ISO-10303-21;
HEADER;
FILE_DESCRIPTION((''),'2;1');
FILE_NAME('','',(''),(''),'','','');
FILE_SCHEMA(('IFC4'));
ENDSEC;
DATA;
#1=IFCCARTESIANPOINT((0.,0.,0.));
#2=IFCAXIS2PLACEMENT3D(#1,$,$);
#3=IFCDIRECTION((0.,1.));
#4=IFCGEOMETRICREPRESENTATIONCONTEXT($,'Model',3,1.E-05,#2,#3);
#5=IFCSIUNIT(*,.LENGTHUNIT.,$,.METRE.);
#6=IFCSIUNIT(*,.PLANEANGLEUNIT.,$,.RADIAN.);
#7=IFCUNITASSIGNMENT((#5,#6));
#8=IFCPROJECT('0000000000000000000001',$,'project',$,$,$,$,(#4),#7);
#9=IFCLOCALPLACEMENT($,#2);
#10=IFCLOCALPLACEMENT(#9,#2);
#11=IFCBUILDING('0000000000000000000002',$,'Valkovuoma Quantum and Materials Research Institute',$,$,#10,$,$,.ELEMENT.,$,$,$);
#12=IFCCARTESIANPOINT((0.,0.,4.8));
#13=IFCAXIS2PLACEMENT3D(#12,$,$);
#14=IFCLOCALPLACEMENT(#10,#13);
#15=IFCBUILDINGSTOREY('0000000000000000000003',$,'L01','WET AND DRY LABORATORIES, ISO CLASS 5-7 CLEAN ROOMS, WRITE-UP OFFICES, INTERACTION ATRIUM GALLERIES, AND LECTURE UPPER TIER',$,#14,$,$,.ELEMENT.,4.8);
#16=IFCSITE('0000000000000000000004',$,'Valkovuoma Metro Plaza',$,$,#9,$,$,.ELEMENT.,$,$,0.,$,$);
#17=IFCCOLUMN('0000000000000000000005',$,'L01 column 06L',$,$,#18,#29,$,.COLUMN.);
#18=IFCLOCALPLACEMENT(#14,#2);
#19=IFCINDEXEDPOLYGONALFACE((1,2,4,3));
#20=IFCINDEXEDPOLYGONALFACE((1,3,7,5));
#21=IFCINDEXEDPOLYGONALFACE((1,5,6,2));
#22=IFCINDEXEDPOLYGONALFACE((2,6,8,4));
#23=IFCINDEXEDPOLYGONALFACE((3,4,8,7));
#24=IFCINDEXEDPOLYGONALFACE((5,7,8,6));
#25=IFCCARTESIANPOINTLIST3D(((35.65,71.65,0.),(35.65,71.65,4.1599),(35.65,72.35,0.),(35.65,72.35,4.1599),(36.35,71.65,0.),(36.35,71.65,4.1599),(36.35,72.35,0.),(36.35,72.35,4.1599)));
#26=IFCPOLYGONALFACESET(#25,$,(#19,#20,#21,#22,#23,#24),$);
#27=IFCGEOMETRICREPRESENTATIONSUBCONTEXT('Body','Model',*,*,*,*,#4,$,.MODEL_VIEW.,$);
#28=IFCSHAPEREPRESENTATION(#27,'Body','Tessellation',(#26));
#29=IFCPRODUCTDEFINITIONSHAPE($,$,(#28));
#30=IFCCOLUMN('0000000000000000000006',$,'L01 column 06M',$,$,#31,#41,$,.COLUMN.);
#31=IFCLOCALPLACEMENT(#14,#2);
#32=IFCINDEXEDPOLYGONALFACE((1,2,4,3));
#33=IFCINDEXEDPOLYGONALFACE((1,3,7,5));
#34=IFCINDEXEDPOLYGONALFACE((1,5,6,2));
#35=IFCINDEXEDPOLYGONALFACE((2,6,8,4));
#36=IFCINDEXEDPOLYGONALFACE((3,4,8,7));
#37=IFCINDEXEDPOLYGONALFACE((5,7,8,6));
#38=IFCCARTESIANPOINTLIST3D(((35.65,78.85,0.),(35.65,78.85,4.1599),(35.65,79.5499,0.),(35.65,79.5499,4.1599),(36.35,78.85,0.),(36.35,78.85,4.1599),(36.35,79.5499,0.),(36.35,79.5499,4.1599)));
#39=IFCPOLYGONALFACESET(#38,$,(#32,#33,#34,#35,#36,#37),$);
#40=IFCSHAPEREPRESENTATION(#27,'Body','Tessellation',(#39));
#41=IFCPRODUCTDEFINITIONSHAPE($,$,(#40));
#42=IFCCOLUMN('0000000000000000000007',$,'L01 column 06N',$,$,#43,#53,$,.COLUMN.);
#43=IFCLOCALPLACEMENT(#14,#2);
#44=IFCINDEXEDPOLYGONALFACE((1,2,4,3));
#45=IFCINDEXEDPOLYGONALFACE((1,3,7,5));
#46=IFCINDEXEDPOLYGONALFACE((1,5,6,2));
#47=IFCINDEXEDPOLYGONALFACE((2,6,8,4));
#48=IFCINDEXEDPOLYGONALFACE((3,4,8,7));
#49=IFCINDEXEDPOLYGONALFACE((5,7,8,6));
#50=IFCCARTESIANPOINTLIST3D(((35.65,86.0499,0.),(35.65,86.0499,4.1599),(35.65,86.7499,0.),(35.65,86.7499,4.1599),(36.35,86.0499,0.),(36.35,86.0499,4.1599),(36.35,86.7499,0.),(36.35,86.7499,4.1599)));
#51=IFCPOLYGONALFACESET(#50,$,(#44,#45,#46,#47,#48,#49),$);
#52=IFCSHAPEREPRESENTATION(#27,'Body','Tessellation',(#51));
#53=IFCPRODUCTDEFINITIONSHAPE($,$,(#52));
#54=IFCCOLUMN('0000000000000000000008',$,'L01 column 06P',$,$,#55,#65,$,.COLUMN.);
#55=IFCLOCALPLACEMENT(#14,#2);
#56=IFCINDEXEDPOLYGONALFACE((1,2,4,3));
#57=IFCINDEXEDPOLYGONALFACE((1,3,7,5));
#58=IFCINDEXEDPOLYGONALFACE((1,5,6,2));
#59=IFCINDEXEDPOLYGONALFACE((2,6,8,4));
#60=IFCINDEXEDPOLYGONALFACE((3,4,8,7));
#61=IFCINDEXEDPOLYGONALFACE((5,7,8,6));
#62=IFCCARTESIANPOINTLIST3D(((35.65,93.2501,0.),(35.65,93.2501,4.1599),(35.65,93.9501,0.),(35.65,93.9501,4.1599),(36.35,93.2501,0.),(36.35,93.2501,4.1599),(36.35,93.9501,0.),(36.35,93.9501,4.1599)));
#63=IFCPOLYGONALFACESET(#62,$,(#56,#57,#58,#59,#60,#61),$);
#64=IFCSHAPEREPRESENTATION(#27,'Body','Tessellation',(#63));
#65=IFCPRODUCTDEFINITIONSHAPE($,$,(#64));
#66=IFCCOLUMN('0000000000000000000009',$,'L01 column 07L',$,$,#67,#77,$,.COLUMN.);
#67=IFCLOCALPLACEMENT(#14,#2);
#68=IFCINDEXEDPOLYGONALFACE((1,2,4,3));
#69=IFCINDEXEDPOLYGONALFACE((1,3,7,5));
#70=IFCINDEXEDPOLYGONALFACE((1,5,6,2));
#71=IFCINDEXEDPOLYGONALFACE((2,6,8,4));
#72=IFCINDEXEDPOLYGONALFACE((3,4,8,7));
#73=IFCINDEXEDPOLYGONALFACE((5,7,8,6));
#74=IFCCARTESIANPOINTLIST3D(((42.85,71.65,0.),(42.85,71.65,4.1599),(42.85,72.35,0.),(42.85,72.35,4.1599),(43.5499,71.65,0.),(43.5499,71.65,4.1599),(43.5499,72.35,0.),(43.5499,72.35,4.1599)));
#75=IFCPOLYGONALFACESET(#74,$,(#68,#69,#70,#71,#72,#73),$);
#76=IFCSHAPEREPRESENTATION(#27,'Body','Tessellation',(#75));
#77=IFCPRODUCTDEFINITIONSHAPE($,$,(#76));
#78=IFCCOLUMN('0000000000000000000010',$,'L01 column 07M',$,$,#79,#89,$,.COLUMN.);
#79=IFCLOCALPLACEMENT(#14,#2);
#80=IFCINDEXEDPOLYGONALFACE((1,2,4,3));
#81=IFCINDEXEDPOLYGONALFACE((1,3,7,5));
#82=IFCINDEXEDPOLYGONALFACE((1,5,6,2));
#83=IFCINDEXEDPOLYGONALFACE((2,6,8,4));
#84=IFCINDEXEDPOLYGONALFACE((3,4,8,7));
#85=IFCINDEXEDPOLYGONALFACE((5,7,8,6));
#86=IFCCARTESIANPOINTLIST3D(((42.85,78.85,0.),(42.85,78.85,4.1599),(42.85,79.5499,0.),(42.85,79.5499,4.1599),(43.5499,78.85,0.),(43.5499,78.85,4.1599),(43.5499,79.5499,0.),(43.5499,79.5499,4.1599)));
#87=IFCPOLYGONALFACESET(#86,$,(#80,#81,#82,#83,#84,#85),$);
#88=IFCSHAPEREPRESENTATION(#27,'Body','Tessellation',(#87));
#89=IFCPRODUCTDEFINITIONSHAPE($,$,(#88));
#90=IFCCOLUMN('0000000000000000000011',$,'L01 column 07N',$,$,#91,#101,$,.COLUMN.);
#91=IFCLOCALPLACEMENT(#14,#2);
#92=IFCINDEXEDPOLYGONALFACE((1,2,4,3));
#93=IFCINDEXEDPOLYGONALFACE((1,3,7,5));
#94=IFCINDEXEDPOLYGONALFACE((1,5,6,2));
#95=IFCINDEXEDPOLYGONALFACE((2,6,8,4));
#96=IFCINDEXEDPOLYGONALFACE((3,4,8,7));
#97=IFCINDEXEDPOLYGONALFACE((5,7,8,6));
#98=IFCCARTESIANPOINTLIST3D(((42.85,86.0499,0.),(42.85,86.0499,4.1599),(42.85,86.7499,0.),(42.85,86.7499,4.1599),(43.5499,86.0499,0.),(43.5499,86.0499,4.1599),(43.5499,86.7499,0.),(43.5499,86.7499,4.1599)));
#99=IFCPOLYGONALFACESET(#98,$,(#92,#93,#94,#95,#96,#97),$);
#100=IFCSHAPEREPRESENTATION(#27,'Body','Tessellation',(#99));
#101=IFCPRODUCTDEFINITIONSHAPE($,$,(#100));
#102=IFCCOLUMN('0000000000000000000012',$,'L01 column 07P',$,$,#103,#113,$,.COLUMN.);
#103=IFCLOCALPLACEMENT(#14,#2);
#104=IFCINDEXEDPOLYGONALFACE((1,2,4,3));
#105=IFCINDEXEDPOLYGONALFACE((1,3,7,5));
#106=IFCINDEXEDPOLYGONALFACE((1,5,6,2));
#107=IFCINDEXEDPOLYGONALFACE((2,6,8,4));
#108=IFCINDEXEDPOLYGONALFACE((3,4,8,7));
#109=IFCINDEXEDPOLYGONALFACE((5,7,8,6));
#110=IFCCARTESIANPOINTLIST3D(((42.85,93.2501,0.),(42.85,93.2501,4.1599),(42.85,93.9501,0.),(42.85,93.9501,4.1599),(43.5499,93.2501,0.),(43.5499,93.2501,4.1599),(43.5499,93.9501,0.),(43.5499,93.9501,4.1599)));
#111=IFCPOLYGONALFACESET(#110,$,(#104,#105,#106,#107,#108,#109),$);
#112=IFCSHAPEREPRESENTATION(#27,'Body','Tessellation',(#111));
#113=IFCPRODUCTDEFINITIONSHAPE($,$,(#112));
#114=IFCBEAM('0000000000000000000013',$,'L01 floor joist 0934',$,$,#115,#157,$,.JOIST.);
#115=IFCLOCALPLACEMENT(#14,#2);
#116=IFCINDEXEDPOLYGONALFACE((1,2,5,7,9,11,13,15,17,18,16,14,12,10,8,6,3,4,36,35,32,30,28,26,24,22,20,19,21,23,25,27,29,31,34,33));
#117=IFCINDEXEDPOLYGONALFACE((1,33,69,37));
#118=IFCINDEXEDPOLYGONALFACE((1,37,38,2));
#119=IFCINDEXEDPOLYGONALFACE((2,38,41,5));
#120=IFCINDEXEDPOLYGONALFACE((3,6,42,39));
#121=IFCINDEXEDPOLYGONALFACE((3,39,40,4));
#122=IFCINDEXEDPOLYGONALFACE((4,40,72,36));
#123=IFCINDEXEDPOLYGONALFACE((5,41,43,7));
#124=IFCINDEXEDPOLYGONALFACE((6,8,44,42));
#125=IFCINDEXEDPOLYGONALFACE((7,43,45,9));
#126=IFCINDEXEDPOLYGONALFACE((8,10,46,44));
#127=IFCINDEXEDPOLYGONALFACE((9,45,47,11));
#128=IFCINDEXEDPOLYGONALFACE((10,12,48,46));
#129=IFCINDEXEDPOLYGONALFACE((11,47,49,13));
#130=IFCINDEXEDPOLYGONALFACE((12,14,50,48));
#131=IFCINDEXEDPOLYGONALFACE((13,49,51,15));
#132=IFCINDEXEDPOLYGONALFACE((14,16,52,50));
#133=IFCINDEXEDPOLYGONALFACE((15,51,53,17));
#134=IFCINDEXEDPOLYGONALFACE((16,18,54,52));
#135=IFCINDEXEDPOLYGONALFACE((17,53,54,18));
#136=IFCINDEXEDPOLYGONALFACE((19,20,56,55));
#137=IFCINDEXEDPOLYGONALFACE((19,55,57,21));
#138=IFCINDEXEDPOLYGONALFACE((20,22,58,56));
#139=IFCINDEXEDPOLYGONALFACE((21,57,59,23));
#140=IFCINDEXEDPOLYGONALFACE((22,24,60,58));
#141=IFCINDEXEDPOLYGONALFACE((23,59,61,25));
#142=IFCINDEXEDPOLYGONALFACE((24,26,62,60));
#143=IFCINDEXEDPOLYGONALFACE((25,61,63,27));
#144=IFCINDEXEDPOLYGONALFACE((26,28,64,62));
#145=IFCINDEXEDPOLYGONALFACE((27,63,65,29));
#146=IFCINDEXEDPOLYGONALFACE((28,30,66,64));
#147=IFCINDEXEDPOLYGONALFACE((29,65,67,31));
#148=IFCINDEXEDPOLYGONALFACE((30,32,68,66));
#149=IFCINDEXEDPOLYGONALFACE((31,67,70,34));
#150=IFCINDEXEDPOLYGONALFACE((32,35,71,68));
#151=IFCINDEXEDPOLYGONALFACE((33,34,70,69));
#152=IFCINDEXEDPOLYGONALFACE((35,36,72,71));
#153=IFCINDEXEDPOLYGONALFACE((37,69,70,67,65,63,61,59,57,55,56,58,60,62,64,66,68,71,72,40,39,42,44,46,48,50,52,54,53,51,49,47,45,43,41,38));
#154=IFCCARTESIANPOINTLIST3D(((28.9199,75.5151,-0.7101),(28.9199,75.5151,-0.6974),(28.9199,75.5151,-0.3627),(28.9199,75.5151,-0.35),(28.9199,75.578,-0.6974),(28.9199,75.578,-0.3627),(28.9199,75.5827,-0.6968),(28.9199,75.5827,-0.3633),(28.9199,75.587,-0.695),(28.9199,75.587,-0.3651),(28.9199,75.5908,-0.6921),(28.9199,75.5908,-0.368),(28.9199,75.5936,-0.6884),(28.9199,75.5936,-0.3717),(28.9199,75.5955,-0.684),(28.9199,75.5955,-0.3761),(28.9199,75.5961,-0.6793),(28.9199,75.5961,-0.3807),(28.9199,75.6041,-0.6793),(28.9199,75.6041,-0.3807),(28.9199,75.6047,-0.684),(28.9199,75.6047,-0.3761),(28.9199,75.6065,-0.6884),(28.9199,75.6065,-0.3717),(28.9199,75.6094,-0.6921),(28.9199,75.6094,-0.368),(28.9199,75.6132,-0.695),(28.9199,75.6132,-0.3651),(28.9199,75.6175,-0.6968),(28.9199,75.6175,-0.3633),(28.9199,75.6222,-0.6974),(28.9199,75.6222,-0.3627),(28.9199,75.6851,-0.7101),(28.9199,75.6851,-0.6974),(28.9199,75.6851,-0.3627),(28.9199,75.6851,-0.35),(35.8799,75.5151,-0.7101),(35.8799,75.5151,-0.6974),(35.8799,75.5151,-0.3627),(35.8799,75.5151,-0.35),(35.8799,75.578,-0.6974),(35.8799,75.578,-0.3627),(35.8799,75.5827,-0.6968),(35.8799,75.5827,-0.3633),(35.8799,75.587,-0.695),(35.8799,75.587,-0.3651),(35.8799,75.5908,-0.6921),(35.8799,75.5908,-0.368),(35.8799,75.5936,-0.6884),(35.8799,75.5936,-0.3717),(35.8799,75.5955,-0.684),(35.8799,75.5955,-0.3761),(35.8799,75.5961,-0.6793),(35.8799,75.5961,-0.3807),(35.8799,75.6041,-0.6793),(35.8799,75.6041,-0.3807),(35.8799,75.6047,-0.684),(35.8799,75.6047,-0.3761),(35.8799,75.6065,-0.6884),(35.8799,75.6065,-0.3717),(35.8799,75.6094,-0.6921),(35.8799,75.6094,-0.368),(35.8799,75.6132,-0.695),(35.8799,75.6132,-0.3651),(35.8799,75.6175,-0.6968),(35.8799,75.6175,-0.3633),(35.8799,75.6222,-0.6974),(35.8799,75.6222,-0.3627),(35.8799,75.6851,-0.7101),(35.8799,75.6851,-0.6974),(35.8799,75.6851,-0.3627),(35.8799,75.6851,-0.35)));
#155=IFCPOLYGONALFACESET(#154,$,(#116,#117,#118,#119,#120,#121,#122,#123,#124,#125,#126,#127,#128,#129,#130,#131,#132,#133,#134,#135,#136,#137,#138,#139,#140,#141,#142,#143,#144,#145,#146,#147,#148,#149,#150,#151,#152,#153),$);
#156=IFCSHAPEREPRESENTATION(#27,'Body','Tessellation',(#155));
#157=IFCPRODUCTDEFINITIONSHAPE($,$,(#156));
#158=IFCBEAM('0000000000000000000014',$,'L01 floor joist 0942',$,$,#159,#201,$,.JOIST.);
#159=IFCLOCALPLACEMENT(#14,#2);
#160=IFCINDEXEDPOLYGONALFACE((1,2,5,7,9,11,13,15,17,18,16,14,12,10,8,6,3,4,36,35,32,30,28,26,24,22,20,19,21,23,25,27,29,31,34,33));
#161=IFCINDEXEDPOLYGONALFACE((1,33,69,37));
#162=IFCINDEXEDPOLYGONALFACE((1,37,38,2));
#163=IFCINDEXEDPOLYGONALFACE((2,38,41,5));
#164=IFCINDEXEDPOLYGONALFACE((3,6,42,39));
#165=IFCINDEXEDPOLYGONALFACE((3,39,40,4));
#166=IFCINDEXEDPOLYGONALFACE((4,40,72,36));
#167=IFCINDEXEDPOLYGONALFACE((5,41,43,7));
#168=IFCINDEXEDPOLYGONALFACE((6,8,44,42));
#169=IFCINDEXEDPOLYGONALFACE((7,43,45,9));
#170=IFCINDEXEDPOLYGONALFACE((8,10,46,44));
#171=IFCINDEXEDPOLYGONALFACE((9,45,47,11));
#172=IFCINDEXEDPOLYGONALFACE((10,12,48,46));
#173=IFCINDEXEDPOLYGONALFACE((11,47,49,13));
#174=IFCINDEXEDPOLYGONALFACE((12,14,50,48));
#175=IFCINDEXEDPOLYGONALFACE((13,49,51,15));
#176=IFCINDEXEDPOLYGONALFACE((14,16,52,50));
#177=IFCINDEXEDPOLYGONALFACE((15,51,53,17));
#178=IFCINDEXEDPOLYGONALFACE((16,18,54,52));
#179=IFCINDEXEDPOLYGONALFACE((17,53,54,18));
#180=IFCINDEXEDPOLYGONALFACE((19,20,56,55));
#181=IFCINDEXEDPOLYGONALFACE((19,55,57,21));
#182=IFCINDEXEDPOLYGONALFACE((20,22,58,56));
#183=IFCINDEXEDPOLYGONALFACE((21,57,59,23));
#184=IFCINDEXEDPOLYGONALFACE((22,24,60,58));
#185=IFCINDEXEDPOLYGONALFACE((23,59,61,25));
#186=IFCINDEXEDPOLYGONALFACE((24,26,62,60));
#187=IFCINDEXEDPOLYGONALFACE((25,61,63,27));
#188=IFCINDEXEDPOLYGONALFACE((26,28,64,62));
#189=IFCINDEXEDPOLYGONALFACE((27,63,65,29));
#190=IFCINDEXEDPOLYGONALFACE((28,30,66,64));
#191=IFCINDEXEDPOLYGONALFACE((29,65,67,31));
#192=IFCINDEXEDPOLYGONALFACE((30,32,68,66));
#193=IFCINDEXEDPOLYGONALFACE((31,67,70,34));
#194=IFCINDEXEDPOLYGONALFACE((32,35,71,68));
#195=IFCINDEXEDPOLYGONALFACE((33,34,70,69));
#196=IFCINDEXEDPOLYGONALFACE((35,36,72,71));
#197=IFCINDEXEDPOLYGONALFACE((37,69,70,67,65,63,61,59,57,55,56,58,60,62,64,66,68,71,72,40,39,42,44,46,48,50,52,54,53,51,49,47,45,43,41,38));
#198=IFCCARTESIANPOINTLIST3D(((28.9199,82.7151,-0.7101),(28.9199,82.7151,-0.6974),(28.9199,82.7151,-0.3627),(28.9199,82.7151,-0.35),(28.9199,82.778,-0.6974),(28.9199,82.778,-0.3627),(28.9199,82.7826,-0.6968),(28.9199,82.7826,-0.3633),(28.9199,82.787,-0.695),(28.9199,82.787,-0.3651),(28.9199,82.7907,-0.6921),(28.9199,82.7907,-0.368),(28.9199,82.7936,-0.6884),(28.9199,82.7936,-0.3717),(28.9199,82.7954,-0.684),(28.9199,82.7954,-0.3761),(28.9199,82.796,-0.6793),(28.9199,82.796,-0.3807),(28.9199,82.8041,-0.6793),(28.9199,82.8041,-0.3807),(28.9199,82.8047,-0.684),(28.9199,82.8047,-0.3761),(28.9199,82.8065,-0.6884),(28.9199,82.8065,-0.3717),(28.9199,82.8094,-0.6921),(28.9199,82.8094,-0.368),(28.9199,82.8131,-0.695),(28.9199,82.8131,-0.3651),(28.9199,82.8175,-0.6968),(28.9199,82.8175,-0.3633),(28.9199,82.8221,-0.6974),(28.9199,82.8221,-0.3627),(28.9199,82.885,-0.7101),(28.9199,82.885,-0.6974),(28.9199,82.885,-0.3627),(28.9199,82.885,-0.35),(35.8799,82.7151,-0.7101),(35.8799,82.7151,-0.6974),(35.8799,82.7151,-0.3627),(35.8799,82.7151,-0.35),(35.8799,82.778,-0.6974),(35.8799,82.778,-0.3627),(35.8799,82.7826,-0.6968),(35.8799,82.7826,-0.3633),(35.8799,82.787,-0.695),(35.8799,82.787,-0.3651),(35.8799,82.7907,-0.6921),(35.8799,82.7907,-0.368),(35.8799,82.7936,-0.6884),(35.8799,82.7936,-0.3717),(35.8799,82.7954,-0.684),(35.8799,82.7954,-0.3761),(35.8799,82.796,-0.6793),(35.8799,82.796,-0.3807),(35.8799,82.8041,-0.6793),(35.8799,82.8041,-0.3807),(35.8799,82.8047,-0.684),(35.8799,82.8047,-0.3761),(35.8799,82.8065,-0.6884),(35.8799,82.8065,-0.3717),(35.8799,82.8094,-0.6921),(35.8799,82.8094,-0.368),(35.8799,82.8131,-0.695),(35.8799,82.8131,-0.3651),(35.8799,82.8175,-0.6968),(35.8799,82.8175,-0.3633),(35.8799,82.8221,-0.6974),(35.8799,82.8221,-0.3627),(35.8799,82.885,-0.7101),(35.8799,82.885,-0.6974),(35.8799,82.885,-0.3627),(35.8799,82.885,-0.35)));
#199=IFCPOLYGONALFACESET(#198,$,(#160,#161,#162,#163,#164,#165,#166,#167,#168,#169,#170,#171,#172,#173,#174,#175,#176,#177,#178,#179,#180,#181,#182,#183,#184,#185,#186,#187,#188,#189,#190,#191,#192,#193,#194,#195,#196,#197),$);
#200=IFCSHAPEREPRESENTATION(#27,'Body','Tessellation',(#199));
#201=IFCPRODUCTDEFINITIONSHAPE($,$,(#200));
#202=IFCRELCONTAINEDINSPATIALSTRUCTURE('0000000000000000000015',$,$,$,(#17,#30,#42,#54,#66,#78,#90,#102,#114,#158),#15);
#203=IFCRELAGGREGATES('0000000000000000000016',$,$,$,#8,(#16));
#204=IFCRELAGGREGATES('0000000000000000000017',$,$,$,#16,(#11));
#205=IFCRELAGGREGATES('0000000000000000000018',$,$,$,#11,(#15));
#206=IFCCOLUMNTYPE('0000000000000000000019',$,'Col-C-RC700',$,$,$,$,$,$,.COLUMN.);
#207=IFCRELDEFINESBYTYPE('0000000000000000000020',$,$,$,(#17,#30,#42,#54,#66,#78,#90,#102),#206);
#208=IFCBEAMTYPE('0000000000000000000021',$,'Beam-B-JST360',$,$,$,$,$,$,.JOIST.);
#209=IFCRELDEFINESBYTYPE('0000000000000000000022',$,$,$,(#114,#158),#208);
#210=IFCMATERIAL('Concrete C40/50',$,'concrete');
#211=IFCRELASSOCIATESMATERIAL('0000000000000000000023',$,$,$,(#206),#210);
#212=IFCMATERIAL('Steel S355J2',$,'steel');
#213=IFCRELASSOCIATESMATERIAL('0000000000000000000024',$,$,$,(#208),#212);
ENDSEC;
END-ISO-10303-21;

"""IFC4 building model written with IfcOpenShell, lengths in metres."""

from ifc_helpers import new_model, si_unit, direction, frame, origin, origin_2d, place, context, subcontext, project, spatial, rectangle, i_section, extrude, material, material_profile, profile_set, type_object, element, save


model = new_model("IFC4")

# Units and contexts
model_context = context("Model", 3, precision=1e-05, world=origin(), true_north=direction((0.0, 1.0)))
body_context = subcontext(model_context, "Body", "Model", "MODEL_VIEW")
ifc_project = project(units=[si_unit("LENGTHUNIT", "METRE"), si_unit("PLANEANGLEUNIT", "RADIAN")], contexts=[model_context])

# Site, building, storey
site_placement = place(None, origin())
site = spatial("IfcSite", under=ifc_project, at=site_placement, Name="Valkovuoma Metro Plaza", CompositionType="ELEMENT", RefElevation=0.0)
building_placement = place(site_placement, origin())
building = spatial("IfcBuilding", under=site, at=building_placement, Name="Valkovuoma Quantum and Materials Research Institute", CompositionType="ELEMENT")
storey_placement = place(building_placement, frame((0.0, 0.0, 4.8)))
storey = spatial("IfcBuildingStorey", under=building, at=storey_placement, Name="L01", Description="WET AND DRY LABORATORIES, ISO CLASS 5-7 CLEAN ROOMS, WRITE-UP OFFICES, INTERACTION ATRIUM GALLERIES, AND LECTURE UPPER TIER", CompositionType="ELEMENT", Elevation=4.8)

# Columns
ifc_material_1 = material(Name="Concrete C40/50", Category="concrete")
ifc_material_profile_1 = material_profile(ifc_material_1, rectangle(XDim=0.7, YDim=0.7, at=origin_2d()), Name="Concrete C40/50")
ifc_profile_set_1 = profile_set([ifc_material_profile_1], Name="Concrete C40/50")
column_type = type_object("IfcColumnType", Name="Col-C-RC700", PredefinedType="COLUMN", material=ifc_profile_set_1)
for number, where, z_axis, x_axis, name in (
    (1, (36.0, 72.0, 0.0), (0.0, 0.0, 1.0), (1.0, 0.0, 0.0), "L01 column 06L"),
    (2, (36.0, 79.2, 0.0), (0.0, 0.0, 1.0), (1.0, 0.0, 0.0), "L01 column 06M"),
    (3, (36.0, 86.3999, 0.0), (0.0, 0.0, 1.0), (1.0, 0.0, 0.0), "L01 column 06N"),
    (4, (36.0, 93.6001, 0.0), (0.0, 0.0, 1.0), (1.0, 0.0, 0.0), "L01 column 06P"),
    (5, (43.2, 72.0, 0.0), (0.0, 0.0, 1.0), (1.0, 0.0, 0.0), "L01 column 07L"),
    (6, (43.2, 79.2, 0.0), (0.0, 0.0, 1.0), (1.0, 0.0, 0.0), "L01 column 07M"),
    (7, (43.2, 86.3999, 0.0), (0.0, 0.0, 1.0), (1.0, 0.0, 0.0), "L01 column 07N"),
    (8, (43.2, 93.6001, 0.0), (0.0, 0.0, 1.0), (1.0, 0.0, 0.0), "L01 column 07P"),
):
    element("IfcColumn", number, at=place(storey_placement, frame(where, z_axis=z_axis, x_axis=x_axis)), inside=storey, type_object=column_type, Name=name, PredefinedType="COLUMN", context=body_context, shape_type="SweptSolid", body=[
        extrude(rectangle(XDim=0.7, YDim=0.7, at=origin_2d()), origin(), (0.0, 0.0, 1.0), 4.1599),
    ])

# Beams
ifc_material_2 = material(Name="Steel S355J2", Category="steel")
ifc_material_profile_2 = material_profile(ifc_material_2, i_section(OverallWidth=0.1699, OverallDepth=0.3601, WebThickness=0.0081, FlangeThickness=0.0127, FilletRadius=0.0181, at=origin_2d()), Name="Steel S355J2")
ifc_profile_set_2 = profile_set([ifc_material_profile_2], Name="Steel S355J2")
beam_type_1 = type_object("IfcBeamType", Name="Beam-B-JST360", PredefinedType="JOIST", material=ifc_profile_set_2)
for number, where, z_axis, x_axis, name in (
    (9, (28.9199, 75.6001, -0.53), (1.0, 0.0, 0.0), (0.0, 1.0, 0.0), "L01 floor joist 0934"),
    (10, (28.9199, 82.8, -0.53), (1.0, 0.0, 0.0), (0.0, 1.0, 0.0), "L01 floor joist 0942"),
):
    element("IfcBeam", number, at=place(storey_placement, frame(where, z_axis=z_axis, x_axis=x_axis)), inside=storey, type_object=beam_type_1, Name=name, PredefinedType="JOIST", context=body_context, shape_type="SweptSolid", body=[
        extrude(i_section(OverallWidth=0.1699, OverallDepth=0.3601, WebThickness=0.0081, FlangeThickness=0.0127, FilletRadius=0.0181, at=origin_2d()), origin(), (0.0, 0.0, 1.0), 6.96),
    ])

save(model, "model.ifc")
